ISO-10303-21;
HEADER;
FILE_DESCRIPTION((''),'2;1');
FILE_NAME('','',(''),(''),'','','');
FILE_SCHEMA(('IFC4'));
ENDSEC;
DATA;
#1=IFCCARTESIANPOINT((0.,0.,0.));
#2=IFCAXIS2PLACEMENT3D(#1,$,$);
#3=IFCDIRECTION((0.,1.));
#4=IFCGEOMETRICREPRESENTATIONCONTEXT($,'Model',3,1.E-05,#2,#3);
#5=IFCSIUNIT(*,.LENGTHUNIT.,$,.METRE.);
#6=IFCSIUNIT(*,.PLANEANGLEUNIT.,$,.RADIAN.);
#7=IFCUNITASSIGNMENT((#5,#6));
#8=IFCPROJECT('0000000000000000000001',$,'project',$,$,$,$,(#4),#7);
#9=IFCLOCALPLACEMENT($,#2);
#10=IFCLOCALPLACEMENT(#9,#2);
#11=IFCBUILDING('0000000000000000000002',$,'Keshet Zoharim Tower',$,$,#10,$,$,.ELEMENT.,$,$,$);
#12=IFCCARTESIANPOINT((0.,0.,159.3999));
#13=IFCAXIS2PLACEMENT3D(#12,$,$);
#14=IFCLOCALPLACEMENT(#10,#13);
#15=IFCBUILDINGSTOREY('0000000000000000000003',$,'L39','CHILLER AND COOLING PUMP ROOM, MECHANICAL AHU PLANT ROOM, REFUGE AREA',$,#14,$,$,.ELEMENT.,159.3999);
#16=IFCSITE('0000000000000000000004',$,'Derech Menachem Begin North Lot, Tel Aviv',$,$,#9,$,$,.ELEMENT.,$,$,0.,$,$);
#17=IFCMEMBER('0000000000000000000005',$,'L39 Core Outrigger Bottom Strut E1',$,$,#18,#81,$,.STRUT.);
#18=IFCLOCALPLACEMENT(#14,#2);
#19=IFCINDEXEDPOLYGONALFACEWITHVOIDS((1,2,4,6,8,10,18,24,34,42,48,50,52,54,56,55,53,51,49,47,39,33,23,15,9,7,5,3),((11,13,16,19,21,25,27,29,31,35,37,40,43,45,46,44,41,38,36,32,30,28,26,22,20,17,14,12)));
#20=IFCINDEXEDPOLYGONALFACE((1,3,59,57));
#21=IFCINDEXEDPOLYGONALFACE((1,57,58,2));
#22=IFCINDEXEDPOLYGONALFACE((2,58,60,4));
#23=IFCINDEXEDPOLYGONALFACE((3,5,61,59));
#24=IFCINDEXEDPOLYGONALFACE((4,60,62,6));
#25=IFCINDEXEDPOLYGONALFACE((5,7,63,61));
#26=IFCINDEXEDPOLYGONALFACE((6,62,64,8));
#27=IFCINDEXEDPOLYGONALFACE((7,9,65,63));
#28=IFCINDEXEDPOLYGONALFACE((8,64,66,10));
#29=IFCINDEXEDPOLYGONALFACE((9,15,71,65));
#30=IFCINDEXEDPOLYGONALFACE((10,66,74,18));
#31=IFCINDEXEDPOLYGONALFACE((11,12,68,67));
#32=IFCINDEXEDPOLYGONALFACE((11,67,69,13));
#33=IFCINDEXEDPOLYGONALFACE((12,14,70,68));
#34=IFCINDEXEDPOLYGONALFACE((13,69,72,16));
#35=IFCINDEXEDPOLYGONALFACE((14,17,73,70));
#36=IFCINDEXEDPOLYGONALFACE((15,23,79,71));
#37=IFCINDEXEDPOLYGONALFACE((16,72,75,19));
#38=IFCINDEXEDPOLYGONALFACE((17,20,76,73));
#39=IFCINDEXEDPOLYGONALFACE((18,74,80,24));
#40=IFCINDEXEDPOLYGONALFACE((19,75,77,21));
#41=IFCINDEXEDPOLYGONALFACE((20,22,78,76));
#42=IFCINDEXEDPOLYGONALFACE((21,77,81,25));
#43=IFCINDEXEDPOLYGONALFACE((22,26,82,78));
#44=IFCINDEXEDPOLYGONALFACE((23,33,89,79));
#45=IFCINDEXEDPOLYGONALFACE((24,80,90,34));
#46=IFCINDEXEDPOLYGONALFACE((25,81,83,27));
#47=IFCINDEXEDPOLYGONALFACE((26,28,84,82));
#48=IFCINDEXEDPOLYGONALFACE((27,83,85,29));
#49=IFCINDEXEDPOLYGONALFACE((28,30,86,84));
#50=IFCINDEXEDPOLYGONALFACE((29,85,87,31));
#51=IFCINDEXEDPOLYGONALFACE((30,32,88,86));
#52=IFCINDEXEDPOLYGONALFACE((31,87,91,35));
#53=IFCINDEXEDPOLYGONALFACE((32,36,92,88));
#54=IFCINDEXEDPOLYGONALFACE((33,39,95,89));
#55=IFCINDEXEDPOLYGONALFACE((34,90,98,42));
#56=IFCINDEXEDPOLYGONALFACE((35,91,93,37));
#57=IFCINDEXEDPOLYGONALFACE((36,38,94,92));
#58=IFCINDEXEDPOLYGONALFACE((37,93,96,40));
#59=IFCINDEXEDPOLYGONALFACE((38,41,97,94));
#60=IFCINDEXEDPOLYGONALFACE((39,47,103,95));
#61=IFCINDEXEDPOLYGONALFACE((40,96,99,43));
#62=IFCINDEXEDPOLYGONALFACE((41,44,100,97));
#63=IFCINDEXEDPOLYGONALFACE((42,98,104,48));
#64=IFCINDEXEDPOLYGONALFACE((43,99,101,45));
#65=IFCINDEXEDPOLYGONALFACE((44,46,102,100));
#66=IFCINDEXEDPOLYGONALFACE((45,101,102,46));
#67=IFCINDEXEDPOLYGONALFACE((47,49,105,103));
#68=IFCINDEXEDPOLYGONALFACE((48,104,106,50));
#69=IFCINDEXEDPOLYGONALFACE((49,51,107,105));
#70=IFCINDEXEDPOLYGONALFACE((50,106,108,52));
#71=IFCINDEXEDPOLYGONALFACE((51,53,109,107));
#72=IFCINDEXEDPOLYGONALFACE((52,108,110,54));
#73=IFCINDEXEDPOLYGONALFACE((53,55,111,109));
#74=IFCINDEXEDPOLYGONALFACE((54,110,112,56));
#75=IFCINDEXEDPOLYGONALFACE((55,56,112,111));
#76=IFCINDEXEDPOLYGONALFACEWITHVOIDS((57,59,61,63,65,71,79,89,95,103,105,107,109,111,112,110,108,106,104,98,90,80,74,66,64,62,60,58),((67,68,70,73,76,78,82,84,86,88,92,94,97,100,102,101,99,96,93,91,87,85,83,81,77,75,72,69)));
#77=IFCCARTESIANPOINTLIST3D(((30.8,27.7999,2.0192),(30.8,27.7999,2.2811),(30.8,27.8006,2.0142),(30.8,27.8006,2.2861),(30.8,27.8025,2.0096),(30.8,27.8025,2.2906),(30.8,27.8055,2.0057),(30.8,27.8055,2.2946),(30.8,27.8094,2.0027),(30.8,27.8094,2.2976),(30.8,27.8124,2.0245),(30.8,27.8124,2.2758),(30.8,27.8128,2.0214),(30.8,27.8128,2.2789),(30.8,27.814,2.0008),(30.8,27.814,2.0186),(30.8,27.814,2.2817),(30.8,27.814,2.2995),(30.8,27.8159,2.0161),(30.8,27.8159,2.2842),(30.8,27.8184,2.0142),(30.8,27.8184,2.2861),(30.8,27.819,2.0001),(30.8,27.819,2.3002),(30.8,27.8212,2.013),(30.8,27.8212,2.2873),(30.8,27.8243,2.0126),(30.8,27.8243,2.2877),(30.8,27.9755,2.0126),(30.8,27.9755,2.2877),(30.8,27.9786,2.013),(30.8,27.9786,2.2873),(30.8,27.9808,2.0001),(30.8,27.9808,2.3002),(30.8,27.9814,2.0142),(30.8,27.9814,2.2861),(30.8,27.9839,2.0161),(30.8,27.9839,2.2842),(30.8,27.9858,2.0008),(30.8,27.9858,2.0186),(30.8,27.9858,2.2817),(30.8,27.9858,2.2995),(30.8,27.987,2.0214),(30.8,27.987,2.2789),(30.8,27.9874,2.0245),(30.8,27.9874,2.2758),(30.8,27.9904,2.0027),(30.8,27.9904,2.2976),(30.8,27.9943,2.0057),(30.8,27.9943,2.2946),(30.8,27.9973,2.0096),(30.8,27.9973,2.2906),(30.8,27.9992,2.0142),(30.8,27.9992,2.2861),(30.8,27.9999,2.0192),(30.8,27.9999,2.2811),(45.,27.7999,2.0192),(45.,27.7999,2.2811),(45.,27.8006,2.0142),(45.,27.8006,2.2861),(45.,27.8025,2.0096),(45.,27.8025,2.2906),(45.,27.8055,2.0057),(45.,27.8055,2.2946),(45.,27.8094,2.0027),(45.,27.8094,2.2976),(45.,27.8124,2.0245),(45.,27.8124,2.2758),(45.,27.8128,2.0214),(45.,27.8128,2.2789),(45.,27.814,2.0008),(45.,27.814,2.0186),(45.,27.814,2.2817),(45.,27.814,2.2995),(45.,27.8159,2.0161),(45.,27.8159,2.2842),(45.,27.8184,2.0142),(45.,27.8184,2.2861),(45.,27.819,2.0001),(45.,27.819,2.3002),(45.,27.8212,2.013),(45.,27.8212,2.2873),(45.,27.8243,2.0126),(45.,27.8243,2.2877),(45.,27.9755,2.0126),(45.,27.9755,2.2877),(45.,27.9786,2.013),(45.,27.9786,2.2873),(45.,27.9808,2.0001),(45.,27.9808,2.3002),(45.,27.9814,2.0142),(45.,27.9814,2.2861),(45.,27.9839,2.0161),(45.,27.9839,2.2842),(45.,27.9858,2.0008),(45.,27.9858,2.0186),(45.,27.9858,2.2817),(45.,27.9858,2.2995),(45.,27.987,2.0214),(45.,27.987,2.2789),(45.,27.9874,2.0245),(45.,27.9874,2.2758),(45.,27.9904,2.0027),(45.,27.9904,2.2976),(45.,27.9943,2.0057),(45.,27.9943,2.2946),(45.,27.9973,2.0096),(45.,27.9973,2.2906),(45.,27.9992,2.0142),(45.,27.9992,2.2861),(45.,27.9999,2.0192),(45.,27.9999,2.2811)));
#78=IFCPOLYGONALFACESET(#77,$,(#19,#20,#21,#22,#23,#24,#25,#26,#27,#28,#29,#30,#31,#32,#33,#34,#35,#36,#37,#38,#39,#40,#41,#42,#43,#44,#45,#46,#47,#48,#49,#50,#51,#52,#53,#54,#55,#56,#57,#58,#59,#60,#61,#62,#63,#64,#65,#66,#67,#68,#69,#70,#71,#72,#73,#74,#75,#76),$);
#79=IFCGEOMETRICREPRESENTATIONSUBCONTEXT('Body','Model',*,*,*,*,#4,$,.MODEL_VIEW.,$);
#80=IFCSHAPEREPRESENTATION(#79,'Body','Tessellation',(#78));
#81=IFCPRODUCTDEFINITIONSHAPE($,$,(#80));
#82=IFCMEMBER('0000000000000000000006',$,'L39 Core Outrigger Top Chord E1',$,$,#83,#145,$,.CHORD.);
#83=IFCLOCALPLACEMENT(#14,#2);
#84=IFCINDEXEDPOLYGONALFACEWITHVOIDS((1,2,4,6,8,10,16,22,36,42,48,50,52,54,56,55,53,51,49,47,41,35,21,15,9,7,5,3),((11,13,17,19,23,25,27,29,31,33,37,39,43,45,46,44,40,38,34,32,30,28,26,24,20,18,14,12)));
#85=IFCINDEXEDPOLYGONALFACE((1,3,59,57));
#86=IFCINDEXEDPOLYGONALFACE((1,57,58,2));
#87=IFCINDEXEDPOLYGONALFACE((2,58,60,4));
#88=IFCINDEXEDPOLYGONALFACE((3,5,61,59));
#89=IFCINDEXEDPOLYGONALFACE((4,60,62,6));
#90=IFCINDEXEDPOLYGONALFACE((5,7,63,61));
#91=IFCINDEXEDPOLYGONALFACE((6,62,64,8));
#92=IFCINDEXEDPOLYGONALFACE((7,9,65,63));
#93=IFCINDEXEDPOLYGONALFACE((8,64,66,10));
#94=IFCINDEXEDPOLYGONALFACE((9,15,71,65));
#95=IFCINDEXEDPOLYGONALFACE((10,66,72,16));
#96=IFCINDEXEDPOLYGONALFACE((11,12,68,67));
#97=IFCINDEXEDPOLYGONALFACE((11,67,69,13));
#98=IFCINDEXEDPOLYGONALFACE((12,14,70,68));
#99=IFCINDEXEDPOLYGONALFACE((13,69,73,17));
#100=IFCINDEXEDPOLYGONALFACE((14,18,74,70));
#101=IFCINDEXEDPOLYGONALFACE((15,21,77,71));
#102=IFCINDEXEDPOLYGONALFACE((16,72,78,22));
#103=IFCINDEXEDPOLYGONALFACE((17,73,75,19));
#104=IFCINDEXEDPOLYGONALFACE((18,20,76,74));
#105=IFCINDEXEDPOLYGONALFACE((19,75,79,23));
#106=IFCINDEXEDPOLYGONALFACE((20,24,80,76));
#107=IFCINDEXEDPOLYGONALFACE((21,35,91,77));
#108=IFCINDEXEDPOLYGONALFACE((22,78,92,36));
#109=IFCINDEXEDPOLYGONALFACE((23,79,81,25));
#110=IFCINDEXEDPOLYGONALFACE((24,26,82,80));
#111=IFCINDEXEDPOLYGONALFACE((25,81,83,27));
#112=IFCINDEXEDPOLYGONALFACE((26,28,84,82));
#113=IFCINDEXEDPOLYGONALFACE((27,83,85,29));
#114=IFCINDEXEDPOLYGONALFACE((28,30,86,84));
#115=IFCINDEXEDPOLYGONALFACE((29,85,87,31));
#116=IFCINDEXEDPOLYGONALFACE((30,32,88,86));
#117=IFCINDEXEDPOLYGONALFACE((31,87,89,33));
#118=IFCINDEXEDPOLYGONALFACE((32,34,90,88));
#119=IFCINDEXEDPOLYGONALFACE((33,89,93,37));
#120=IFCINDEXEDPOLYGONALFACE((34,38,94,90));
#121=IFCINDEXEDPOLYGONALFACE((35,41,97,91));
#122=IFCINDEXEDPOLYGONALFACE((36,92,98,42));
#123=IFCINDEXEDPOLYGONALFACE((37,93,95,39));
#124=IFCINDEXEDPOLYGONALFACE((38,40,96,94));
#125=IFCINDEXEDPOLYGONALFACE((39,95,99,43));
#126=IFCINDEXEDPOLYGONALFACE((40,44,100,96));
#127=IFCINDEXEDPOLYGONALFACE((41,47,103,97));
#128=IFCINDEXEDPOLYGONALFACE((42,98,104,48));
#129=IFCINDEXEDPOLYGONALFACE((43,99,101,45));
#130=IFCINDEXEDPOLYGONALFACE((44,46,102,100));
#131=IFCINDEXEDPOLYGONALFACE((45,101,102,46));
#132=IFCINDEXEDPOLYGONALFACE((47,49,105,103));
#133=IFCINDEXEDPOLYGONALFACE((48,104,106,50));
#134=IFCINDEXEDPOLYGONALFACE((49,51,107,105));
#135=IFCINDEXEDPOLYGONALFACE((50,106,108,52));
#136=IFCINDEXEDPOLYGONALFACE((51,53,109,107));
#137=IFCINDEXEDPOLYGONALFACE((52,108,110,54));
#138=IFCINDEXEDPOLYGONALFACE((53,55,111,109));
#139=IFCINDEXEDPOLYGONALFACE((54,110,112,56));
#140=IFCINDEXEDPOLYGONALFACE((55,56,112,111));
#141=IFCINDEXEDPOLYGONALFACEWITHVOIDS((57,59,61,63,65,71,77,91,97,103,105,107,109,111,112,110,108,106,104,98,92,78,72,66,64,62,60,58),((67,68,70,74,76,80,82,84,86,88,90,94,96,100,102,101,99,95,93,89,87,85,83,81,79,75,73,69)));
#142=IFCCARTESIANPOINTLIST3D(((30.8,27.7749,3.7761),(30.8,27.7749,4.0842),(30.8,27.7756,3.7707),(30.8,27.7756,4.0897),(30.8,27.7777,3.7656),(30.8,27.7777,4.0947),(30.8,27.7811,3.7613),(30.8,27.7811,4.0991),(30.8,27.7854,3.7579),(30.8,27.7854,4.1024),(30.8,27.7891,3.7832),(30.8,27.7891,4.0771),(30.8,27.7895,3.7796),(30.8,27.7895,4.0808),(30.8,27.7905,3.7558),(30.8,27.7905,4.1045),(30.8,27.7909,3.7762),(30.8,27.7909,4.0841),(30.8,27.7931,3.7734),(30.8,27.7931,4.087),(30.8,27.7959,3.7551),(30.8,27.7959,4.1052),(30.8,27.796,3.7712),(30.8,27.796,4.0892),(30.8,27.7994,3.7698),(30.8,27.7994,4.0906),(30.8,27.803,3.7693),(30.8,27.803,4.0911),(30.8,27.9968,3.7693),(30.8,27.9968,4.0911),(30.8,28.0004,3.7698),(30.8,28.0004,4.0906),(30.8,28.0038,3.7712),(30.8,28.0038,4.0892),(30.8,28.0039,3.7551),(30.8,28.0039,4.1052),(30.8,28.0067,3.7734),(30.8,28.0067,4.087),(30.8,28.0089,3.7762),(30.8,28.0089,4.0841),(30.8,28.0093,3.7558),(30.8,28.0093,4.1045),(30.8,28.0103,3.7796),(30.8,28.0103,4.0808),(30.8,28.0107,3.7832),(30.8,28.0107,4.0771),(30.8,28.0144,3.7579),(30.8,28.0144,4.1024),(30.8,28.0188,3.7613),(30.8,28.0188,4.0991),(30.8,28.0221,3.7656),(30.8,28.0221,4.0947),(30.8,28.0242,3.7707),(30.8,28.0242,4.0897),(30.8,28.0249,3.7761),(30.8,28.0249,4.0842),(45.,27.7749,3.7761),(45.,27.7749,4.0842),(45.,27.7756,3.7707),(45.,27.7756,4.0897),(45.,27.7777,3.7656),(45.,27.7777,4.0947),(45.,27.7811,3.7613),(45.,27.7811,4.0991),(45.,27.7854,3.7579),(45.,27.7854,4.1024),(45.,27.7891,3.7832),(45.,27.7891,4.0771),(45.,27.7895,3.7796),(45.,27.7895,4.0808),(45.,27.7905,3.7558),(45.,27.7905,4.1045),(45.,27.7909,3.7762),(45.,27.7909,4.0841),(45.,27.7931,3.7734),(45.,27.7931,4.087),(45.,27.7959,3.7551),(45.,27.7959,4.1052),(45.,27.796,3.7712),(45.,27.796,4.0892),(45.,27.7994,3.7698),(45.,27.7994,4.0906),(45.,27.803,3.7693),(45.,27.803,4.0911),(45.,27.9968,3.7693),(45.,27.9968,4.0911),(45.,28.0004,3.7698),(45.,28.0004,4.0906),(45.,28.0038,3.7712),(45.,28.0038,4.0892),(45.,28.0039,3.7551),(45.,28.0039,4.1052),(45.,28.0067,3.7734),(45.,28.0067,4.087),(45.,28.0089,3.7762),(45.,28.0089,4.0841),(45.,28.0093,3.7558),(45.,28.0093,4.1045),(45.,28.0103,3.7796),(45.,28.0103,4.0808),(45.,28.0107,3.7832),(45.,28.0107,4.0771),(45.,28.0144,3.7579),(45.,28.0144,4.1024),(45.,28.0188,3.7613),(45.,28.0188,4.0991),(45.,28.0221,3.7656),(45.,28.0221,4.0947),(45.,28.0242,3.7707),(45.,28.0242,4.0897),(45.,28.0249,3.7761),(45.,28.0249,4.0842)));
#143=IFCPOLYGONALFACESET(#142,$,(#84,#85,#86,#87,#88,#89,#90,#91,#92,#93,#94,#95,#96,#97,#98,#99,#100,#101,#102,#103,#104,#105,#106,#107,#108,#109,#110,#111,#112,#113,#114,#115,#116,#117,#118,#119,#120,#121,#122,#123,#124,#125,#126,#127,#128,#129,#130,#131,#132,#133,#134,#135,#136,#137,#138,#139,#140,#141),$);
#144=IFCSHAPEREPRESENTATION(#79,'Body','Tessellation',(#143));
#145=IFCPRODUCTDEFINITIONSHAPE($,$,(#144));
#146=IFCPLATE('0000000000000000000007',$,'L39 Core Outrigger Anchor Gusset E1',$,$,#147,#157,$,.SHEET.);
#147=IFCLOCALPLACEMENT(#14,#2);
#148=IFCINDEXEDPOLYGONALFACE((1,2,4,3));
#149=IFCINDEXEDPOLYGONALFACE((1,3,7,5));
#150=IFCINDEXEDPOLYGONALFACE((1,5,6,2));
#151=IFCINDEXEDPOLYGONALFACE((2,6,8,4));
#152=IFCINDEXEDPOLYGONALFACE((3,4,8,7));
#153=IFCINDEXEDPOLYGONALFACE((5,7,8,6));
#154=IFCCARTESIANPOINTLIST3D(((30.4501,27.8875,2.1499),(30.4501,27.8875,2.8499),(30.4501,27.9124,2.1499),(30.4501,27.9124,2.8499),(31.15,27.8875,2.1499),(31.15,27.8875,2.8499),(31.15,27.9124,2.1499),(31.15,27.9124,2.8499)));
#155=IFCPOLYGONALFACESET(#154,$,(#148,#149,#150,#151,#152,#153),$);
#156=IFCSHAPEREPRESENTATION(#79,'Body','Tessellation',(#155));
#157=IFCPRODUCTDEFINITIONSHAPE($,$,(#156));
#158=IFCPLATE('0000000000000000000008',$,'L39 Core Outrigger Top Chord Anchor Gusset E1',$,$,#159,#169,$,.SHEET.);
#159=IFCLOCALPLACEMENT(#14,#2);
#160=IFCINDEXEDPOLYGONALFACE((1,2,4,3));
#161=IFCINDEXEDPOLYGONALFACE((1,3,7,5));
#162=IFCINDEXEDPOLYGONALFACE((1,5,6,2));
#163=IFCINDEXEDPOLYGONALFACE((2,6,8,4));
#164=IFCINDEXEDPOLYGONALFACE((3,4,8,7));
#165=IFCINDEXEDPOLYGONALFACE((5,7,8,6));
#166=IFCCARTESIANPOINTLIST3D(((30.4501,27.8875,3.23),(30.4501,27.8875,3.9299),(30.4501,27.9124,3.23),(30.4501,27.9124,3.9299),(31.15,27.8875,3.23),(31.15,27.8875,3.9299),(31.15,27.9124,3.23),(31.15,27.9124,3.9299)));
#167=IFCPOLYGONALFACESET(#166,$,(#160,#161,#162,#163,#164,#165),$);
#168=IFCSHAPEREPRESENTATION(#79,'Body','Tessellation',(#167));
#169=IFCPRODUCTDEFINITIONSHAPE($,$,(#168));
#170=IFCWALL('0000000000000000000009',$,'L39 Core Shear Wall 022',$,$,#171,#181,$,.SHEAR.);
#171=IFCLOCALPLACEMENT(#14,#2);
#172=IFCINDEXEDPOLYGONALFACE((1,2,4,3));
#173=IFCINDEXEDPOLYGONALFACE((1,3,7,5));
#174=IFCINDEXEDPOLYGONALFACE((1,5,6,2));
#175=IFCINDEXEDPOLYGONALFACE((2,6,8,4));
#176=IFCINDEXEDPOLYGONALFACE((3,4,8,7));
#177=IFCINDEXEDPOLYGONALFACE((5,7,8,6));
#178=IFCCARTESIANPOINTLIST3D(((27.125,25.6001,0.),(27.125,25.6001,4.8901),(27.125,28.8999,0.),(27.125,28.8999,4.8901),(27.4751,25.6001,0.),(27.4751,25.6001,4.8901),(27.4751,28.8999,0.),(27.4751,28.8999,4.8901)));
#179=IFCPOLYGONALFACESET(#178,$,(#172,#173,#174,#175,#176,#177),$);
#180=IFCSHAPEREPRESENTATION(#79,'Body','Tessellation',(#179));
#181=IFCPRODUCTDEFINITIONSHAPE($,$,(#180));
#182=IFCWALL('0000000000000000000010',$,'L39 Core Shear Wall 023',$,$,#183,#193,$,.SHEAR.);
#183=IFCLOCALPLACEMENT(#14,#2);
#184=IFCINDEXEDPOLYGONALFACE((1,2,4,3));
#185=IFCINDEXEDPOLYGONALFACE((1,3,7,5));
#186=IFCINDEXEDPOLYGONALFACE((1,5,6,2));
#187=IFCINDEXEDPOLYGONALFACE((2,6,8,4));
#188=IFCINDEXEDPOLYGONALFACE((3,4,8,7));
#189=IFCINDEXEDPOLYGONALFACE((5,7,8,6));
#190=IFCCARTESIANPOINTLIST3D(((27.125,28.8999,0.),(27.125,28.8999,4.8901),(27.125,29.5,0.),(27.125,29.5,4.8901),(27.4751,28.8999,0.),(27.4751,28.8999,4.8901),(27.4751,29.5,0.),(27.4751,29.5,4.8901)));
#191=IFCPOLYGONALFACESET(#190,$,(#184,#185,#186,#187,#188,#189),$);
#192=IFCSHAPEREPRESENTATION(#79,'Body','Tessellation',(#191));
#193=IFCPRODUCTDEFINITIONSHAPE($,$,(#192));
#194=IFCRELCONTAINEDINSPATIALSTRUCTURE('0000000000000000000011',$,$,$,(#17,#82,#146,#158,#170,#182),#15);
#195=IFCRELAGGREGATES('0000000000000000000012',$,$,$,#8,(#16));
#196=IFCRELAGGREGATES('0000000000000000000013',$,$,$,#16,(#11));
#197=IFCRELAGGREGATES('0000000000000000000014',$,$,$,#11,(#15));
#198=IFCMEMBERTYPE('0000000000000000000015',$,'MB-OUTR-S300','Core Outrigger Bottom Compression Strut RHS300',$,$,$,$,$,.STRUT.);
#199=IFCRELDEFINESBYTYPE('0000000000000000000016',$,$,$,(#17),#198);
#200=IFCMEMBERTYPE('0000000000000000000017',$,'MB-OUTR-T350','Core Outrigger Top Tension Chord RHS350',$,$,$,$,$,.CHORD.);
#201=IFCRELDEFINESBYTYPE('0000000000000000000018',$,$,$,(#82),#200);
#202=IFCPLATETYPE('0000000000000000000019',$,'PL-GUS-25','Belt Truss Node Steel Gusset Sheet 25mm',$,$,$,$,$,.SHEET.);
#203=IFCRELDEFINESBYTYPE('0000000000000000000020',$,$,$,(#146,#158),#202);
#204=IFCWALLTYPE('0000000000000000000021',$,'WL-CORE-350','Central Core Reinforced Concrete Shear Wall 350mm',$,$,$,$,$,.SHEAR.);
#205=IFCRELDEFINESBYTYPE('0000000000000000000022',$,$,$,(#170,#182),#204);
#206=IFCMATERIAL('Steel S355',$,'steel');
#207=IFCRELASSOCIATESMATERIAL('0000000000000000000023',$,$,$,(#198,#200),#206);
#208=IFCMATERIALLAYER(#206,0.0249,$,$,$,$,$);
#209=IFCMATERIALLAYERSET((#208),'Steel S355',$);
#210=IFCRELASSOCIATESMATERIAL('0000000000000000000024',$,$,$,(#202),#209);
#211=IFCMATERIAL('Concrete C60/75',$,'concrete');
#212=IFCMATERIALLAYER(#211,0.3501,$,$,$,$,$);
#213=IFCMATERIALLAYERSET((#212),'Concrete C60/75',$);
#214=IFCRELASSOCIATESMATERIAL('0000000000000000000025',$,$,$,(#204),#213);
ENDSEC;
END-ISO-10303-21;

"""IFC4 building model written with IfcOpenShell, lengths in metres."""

from ifc_helpers import new_model, si_unit, direction, frame, frame_2d, origin, origin_2d, place, context, subcontext, project, spatial, rectangle, hollow_rectangle, extrude, material, layer, layer_set, material_profile, profile_set, type_object, element, save


model = new_model("IFC4")

# Units and contexts
model_context = context("Model", 3, precision=1e-05, world=origin(), true_north=direction((0.0, 1.0)))
body_context = subcontext(model_context, "Body", "Model", "MODEL_VIEW")
ifc_project = project(units=[si_unit("LENGTHUNIT", "METRE"), si_unit("PLANEANGLEUNIT", "RADIAN")], contexts=[model_context])

# Site, building, storey
site_placement = place(None, origin())
site = spatial("IfcSite", under=ifc_project, at=site_placement, Name="Derech Menachem Begin North Lot, Tel Aviv", CompositionType="ELEMENT", RefElevation=0.0)
building_placement = place(site_placement, origin())
building = spatial("IfcBuilding", under=site, at=building_placement, Name="Keshet Zoharim Tower", CompositionType="ELEMENT")
storey_placement = place(building_placement, frame((0.0, 0.0, 159.3999)))
storey = spatial("IfcBuildingStorey", under=building, at=storey_placement, Name="L39", Description="CHILLER AND COOLING PUMP ROOM, MECHANICAL AHU PLANT ROOM, REFUGE AREA", CompositionType="ELEMENT", Elevation=159.3999)

# Shared definitions
ifc_material_1 = material(Name="Concrete C60/75", Category="concrete")

# Shared definitions
ifc_material_2 = material(Name="Steel S355", Category="steel")

# Members
ifc_material_profile_1 = material_profile(ifc_material_2, hollow_rectangle(XDim=0.2, YDim=0.3, WallThickness=0.0125, InnerFilletRadius=0.012, OuterFilletRadius=0.019, at=origin_2d()), Name="RHS300x200x12.5")
ifc_profile_set_1 = profile_set([ifc_material_profile_1], Name="Steel S355")
member_type_1 = type_object("IfcMemberType", Name="MB-OUTR-S300", Description="Core Outrigger Bottom Compression Strut RHS300", PredefinedType="STRUT", material=ifc_profile_set_1)
member_1_placement = place(storey_placement, frame((30.8, 27.8999, 2.1501), z_axis=(1.0, 0.0, 0.0), x_axis=(0.0, 1.0, 0.0)))
element("IfcMember", 1, at=member_1_placement, inside=storey, type_object=member_type_1, Name="L39 Core Outrigger Bottom Strut E1", PredefinedType="STRUT", context=body_context, shape_type="SweptSolid", body=[
    extrude(hollow_rectangle(XDim=0.2, YDim=0.3, WallThickness=0.0125, InnerFilletRadius=0.012, OuterFilletRadius=0.019, at=origin_2d()), origin(), (0.0, 0.0, 1.0), 14.2),
])
ifc_material_profile_2 = material_profile(ifc_material_2, hollow_rectangle(XDim=0.25, YDim=0.3501, WallThickness=0.0142, InnerFilletRadius=0.0139, OuterFilletRadius=0.021, at=origin_2d()), Name="RHS350x250x14.2")
ifc_profile_set_2 = profile_set([ifc_material_profile_2], Name="Steel S355")
member_type_2 = type_object("IfcMemberType", Name="MB-OUTR-T350", Description="Core Outrigger Top Tension Chord RHS350", PredefinedType="CHORD", material=ifc_profile_set_2)
member_2_placement = place(storey_placement, frame((30.8, 27.8999, 3.9302), z_axis=(1.0, 0.0, 0.0), x_axis=(0.0, 1.0, 0.0)))
element("IfcMember", 2, at=member_2_placement, inside=storey, type_object=member_type_2, Name="L39 Core Outrigger Top Chord E1", PredefinedType="CHORD", context=body_context, shape_type="SweptSolid", body=[
    extrude(hollow_rectangle(XDim=0.25, YDim=0.3501, WallThickness=0.0142, InnerFilletRadius=0.0139, OuterFilletRadius=0.021, at=origin_2d()), origin(), (0.0, 0.0, 1.0), 14.2),
])

# Plates
ifc_layer_1 = layer(ifc_material_2, 0.0249)
ifc_layer_set_1 = layer_set([ifc_layer_1], Name="Steel S355")
plate_type = type_object("IfcPlateType", Name="PL-GUS-25", Description="Belt Truss Node Steel Gusset Sheet 25mm", PredefinedType="SHEET", material=ifc_layer_set_1)
for number, where, z_axis, x_axis, name in (
    (3, (30.8, 27.8999, 2.1499), (0.0, 0.0, 1.0), (1.0, 0.0, 0.0), "L39 Core Outrigger Anchor Gusset E1"),
    (4, (30.8, 27.8999, 3.23), (0.0, 0.0, 1.0), (1.0, 0.0, 0.0), "L39 Core Outrigger Top Chord Anchor Gusset E1"),
):
    element("IfcPlate", number, at=place(storey_placement, frame(where, z_axis=z_axis, x_axis=x_axis)), inside=storey, type_object=plate_type, Name=name, PredefinedType="SHEET", context=body_context, shape_type="SweptSolid", body=[
        extrude(rectangle(XDim=0.7, YDim=0.0249, at=origin_2d()), origin(), (0.0, 0.0, 1.0), 0.7),
    ])

# Walls
ifc_layer_2 = layer(ifc_material_1, 0.3501)
ifc_layer_set_2 = layer_set([ifc_layer_2], Name="Concrete C60/75")
wall_type_1 = type_object("IfcWallType", Name="WL-CORE-350", Description="Central Core Reinforced Concrete Shear Wall 350mm", PredefinedType="SHEAR", material=ifc_layer_set_2)
wall_1_placement = place(storey_placement, frame((27.3, 25.6001, 0.0), z_axis=(0.0, 0.0, 1.0), x_axis=(0.0, 1.0, 0.0)))
element("IfcWall", 5, at=wall_1_placement, inside=storey, type_object=wall_type_1, Name="L39 Core Shear Wall 022", PredefinedType="SHEAR", context=body_context, shape_type="SweptSolid", body=[
    extrude(rectangle(XDim=3.2998, YDim=0.3501, at=frame_2d((1.6499, 0.0))), origin(), (0.0, 0.0, 1.0), 4.8901),
])
wall_2_placement = place(storey_placement, frame((27.3, 28.8999, 0.0), z_axis=(0.0, 0.0, 1.0), x_axis=(0.0, 1.0, 0.0)))
element("IfcWall", 6, at=wall_2_placement, inside=storey, type_object=wall_type_1, Name="L39 Core Shear Wall 023", PredefinedType="SHEAR", context=body_context, shape_type="SweptSolid", body=[
    extrude(rectangle(XDim=0.6001, YDim=0.3501, at=frame_2d((0.3, 0.0))), origin(), (0.0, 0.0, 1.0), 4.8901),
])

save(model, "model.ifc")
